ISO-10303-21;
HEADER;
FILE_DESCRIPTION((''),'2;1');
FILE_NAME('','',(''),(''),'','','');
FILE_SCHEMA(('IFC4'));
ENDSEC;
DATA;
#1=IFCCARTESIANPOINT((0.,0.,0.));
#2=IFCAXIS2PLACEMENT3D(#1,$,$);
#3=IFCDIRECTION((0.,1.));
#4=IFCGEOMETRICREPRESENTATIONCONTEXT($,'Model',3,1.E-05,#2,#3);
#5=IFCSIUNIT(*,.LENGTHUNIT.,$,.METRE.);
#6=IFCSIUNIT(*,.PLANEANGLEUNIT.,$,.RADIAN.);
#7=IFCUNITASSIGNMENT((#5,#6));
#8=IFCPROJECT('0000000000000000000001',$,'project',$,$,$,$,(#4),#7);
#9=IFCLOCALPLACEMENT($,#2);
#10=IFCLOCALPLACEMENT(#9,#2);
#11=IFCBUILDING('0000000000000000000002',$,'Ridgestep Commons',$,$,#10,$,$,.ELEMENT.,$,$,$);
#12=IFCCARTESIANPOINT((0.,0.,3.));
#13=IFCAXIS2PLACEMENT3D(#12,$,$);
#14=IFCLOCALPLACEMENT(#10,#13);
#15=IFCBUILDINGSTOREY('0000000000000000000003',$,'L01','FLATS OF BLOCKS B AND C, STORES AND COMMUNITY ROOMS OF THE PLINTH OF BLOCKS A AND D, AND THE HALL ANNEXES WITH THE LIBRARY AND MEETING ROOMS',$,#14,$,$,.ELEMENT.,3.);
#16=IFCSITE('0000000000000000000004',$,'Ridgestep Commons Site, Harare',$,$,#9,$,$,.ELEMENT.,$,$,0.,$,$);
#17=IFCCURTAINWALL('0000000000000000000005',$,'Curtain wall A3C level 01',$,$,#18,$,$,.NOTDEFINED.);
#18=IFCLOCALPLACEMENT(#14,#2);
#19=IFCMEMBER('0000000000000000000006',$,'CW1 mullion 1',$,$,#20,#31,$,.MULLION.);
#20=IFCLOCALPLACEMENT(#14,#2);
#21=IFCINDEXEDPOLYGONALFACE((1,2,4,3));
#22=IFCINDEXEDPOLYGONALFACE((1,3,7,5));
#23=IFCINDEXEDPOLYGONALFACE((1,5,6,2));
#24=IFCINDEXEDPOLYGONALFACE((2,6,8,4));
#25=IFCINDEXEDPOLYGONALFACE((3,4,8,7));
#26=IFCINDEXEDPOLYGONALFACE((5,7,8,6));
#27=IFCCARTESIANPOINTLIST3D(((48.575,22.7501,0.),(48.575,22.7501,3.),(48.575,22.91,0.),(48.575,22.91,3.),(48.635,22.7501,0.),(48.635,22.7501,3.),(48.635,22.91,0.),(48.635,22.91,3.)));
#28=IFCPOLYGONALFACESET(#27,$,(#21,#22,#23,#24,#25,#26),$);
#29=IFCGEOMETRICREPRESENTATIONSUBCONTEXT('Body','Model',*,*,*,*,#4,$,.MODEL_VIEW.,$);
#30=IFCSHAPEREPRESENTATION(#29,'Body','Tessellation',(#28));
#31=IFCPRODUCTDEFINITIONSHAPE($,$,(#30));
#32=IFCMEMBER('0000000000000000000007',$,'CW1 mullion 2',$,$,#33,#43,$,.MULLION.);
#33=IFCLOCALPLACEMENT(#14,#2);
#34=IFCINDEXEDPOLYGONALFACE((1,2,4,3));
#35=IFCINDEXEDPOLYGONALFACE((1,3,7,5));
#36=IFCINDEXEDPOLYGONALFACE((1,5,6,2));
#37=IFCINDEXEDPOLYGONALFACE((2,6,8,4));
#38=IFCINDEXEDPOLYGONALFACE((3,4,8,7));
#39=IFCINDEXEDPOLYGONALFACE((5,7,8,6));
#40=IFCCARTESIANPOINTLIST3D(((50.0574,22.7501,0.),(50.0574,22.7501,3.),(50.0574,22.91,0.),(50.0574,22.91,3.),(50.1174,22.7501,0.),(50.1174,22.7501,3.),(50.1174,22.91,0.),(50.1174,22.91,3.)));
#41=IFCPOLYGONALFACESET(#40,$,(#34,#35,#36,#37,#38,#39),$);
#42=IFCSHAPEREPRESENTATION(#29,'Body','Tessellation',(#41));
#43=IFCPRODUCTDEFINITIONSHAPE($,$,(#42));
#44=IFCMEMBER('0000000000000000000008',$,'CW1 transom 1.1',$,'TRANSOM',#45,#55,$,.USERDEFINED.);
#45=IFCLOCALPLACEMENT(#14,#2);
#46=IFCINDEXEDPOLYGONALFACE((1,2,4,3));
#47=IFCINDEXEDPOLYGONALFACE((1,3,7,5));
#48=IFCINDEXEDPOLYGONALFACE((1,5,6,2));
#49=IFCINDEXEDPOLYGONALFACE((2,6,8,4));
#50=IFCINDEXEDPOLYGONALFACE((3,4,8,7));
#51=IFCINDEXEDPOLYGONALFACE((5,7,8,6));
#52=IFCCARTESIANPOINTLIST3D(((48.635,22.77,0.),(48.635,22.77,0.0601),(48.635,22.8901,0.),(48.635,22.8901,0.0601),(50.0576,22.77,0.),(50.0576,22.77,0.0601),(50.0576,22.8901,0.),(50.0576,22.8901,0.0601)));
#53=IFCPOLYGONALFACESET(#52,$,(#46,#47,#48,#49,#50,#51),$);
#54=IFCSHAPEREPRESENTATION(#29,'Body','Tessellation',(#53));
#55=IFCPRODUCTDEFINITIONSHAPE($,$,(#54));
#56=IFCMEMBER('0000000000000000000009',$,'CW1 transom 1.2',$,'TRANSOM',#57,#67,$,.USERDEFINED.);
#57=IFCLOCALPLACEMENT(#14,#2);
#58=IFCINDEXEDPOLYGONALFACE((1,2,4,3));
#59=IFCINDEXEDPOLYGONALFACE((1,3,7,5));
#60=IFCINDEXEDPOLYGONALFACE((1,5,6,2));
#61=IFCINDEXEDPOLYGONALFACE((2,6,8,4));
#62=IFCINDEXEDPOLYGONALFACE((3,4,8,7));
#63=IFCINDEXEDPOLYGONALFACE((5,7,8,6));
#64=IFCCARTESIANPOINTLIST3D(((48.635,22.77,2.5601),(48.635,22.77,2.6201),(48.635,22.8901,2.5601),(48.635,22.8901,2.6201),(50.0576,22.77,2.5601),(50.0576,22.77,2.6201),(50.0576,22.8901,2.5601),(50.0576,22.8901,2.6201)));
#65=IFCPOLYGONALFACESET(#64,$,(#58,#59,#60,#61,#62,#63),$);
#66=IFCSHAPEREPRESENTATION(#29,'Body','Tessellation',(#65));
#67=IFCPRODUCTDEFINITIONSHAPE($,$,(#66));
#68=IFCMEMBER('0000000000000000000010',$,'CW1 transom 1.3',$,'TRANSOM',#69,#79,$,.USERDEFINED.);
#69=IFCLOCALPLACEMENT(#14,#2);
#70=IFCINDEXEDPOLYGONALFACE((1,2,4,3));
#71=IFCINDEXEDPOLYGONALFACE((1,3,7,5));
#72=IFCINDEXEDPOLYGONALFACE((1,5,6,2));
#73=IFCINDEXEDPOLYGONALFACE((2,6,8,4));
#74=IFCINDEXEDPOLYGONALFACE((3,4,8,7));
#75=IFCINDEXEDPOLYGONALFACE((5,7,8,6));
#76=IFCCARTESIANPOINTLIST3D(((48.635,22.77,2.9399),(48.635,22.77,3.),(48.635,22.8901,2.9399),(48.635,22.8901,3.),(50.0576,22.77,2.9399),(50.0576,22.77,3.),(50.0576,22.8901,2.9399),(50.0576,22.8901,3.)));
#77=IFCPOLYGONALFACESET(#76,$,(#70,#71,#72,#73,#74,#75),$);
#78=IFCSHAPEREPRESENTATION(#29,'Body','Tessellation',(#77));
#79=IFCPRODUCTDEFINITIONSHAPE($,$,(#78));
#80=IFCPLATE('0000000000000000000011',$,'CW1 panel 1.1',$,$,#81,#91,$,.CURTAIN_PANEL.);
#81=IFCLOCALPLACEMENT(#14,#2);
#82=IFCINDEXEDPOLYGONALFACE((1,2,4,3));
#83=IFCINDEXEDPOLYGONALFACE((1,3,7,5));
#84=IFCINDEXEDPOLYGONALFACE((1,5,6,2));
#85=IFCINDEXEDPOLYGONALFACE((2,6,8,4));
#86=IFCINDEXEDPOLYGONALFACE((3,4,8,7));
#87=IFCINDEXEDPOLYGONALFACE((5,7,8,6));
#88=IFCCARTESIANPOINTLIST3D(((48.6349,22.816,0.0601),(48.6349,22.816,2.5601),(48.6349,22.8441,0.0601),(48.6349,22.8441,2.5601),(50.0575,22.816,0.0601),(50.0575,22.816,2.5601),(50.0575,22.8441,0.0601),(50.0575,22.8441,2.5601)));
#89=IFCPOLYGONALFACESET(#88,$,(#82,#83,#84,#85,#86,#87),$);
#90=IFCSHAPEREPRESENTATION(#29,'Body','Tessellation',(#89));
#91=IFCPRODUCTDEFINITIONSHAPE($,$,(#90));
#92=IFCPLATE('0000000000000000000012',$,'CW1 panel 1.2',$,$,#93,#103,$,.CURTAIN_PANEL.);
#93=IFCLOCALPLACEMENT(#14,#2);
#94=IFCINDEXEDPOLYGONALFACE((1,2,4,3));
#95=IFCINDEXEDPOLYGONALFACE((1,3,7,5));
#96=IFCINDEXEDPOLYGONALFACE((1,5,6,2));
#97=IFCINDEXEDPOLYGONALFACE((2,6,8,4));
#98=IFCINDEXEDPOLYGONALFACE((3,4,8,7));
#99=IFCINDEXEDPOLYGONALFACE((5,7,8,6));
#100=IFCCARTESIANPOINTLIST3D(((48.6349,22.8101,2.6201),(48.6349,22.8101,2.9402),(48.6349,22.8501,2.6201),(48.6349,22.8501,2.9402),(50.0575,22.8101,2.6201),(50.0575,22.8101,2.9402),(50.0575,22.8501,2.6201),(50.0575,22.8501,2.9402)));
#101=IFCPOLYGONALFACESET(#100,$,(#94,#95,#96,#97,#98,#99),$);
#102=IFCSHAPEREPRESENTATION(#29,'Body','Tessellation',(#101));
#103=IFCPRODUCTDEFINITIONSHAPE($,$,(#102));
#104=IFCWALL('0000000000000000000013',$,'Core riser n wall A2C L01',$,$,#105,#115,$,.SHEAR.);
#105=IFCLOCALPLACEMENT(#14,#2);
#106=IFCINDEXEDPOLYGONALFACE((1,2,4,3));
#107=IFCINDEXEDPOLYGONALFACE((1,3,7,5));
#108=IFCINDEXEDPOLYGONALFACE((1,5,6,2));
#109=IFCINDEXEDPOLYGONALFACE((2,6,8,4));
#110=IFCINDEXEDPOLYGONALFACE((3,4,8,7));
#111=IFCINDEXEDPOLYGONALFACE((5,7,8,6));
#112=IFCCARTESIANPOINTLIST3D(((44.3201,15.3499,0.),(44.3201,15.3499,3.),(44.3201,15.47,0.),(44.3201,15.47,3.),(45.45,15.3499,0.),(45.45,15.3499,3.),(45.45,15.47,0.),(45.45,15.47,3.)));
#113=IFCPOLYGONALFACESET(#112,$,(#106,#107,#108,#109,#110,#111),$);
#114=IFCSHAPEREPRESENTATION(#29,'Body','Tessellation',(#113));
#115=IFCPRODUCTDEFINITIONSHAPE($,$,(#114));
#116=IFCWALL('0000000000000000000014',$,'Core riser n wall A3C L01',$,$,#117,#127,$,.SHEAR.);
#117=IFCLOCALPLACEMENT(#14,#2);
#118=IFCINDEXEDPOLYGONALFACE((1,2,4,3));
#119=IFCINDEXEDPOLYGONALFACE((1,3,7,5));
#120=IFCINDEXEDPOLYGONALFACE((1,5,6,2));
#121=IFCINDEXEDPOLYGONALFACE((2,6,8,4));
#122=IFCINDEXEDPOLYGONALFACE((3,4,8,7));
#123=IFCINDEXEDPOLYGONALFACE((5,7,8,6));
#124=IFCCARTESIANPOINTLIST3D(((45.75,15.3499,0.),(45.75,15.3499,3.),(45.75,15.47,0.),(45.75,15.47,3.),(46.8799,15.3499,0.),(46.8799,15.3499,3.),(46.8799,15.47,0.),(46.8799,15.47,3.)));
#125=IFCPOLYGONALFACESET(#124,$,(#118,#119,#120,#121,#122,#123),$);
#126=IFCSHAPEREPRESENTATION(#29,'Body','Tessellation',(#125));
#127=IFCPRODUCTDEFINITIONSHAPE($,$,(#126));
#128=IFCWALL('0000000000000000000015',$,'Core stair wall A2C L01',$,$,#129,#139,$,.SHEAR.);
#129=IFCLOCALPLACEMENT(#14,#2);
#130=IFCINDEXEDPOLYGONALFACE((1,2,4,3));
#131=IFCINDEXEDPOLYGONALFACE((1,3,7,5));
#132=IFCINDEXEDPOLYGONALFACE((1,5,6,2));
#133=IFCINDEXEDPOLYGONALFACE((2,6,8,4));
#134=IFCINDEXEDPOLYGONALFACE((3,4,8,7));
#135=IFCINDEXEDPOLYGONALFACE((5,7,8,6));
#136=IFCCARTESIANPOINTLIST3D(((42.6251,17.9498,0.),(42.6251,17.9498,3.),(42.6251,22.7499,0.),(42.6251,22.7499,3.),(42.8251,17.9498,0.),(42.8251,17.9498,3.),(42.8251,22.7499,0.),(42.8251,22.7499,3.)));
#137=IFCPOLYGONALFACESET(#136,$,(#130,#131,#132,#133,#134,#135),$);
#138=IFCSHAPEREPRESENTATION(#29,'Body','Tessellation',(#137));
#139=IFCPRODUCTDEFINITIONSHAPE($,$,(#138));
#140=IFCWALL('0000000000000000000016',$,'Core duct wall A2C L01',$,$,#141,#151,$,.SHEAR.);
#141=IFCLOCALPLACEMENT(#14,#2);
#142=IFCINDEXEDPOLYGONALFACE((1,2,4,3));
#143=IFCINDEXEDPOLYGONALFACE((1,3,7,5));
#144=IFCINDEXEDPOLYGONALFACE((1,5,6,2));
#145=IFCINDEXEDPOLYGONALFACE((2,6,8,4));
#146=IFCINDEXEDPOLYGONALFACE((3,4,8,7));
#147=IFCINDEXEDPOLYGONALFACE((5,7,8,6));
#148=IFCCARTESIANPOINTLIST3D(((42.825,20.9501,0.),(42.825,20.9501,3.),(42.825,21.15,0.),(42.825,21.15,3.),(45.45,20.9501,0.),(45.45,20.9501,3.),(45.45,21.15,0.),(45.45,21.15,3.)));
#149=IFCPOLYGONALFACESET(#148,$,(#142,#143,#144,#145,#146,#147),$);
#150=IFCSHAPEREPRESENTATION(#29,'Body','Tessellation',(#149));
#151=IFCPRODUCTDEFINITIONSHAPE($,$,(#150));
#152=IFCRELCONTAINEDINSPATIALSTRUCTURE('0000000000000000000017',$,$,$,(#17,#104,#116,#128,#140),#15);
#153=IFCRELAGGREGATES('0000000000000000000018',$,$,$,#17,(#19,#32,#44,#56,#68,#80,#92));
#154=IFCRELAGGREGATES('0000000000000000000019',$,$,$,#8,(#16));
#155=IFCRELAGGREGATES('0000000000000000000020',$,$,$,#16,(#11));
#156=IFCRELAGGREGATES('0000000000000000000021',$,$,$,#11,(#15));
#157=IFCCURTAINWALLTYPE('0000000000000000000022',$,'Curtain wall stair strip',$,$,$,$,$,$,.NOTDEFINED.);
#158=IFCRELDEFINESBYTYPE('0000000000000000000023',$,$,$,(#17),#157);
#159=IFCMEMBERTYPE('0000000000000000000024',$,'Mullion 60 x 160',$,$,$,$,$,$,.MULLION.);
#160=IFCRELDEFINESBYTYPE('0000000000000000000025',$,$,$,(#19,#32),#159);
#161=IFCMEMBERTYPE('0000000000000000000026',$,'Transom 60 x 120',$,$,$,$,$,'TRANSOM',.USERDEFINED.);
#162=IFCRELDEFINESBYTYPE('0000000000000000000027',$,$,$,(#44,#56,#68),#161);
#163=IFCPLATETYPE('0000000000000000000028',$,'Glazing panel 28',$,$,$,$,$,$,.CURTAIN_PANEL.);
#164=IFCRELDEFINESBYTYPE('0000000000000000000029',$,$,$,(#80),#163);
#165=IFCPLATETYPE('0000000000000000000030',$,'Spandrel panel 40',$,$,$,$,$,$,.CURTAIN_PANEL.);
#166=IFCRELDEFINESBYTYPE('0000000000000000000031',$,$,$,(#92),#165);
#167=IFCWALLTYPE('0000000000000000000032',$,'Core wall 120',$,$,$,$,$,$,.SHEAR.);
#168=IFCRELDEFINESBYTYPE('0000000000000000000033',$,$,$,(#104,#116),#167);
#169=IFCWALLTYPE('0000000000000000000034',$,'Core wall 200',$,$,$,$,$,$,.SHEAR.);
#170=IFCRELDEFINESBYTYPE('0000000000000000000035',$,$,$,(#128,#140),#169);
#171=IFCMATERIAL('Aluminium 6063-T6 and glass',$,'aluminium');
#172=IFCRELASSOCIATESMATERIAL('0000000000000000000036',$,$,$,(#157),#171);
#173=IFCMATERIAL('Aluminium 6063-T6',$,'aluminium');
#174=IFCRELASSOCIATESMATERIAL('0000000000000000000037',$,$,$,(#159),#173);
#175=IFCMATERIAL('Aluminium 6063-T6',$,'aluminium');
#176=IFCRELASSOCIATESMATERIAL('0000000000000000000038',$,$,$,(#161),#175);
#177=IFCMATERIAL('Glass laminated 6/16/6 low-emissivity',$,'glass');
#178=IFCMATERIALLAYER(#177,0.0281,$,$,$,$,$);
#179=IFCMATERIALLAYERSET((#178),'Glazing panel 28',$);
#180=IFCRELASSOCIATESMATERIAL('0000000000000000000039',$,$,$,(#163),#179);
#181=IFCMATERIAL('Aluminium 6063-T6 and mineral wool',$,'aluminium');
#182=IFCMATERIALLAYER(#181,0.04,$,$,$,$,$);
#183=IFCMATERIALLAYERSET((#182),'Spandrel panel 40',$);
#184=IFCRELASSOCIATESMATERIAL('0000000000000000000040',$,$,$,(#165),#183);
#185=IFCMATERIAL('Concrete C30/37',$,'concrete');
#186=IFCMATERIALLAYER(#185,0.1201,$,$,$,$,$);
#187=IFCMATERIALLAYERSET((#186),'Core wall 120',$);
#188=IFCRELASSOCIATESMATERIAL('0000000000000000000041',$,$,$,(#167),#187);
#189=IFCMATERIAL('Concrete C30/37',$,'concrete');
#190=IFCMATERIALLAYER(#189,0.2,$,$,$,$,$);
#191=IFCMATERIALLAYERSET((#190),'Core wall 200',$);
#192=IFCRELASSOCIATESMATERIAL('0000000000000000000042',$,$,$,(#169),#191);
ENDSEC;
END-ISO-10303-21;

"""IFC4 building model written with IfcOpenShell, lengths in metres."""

from ifc_helpers import new_model, si_unit, direction, frame, frame_2d, origin, origin_2d, place, context, subcontext, project, spatial, rectangle, extrude, material, layer, layer_set, material_profile, profile_set, type_object, element, aggregate, save


model = new_model("IFC4")

# Units and contexts
model_context = context("Model", 3, precision=1e-05, world=origin(), true_north=direction((0.0, 1.0)))
body_context = subcontext(model_context, "Body", "Model", "MODEL_VIEW")
ifc_project = project(units=[si_unit("LENGTHUNIT", "METRE"), si_unit("PLANEANGLEUNIT", "RADIAN")], contexts=[model_context])

# Site, building, storey
site_placement = place(None, origin())
site = spatial("IfcSite", under=ifc_project, at=site_placement, Name="Ridgestep Commons Site, Harare", CompositionType="ELEMENT", RefElevation=0.0)
building_placement = place(site_placement, origin())
building = spatial("IfcBuilding", under=site, at=building_placement, Name="Ridgestep Commons", CompositionType="ELEMENT")
storey_placement = place(building_placement, frame((0.0, 0.0, 3.0)))
storey = spatial("IfcBuildingStorey", under=building, at=storey_placement, Name="L01", Description="FLATS OF BLOCKS B AND C, STORES AND COMMUNITY ROOMS OF THE PLINTH OF BLOCKS A AND D, AND THE HALL ANNEXES WITH THE LIBRARY AND MEETING ROOMS", CompositionType="ELEMENT", Elevation=3.0)

# Curtain wall, members, plates
ifc_material_1 = material(Name="Aluminium 6063-T6 and glass", Category="aluminium")
curtain_wall_type = type_object("IfcCurtainWallType", Name="Curtain wall stair strip", PredefinedType="NOTDEFINED", material=ifc_material_1)
curtain_wall_placement = place(storey_placement, origin())
curtain_wall = element("IfcCurtainWall", 1, at=curtain_wall_placement, inside=storey, type_object=curtain_wall_type, Name="Curtain wall A3C level 01", PredefinedType="NOTDEFINED")
ifc_material_2 = material(Name="Aluminium 6063-T6", Category="aluminium")
ifc_material_profile_1 = material_profile(ifc_material_2, rectangle(XDim=0.1599, YDim=0.0601, at=origin_2d()), Name="Mullion 60 x 160")
ifc_profile_set_1 = profile_set([ifc_material_profile_1], Name="Aluminium 6063-T6")
member_type_1 = type_object("IfcMemberType", Name="Mullion 60 x 160", PredefinedType="MULLION", material=ifc_profile_set_1)
member_1_placement = place(storey_placement, frame((48.605, 22.8301, 0.0), z_axis=(0.0, 0.0, 1.0), x_axis=(0.0, 1.0, 0.0)))
member_1 = element("IfcMember", 2, at=member_1_placement, type_object=member_type_1, Name="CW1 mullion 1", PredefinedType="MULLION", context=body_context, shape_type="SweptSolid", body=[
    extrude(rectangle(XDim=0.1599, YDim=0.0601, at=origin_2d()), origin(), (0.0, 0.0, 1.0), 3.0),
])
member_2_placement = place(storey_placement, frame((50.0874, 22.8301, 0.0), z_axis=(0.0, 0.0, 1.0), x_axis=(0.0, 1.0, 0.0)))
member_2 = element("IfcMember", 3, at=member_2_placement, type_object=member_type_1, Name="CW1 mullion 2", PredefinedType="MULLION", context=body_context, shape_type="SweptSolid", body=[
    extrude(rectangle(XDim=0.1599, YDim=0.0601, at=origin_2d()), origin(), (0.0, 0.0, 1.0), 3.0),
])
ifc_material_3 = material(Name="Aluminium 6063-T6", Category="aluminium")
ifc_material_profile_2 = material_profile(ifc_material_3, rectangle(XDim=0.1201, YDim=0.0601, at=origin_2d()), Name="Transom 60 x 120")
ifc_profile_set_2 = profile_set([ifc_material_profile_2], Name="Aluminium 6063-T6")
member_type_2 = type_object("IfcMemberType", Name="Transom 60 x 120", ElementType="TRANSOM", PredefinedType="USERDEFINED", material=ifc_profile_set_2)
member_3_placement = place(storey_placement, frame((48.635, 22.8301, 0.03), z_axis=(1.0, 0.0, 0.0), x_axis=(0.0, 1.0, 0.0)))
member_3 = element("IfcMember", 4, at=member_3_placement, type_object=member_type_2, Name="CW1 transom 1.1", ObjectType="TRANSOM", PredefinedType="USERDEFINED", context=body_context, shape_type="SweptSolid", body=[
    extrude(rectangle(XDim=0.1201, YDim=0.0601, at=origin_2d()), origin(), (0.0, 0.0, 1.0), 1.4226),
])
member_4_placement = place(storey_placement, frame((48.635, 22.8301, 2.5901), z_axis=(1.0, 0.0, 0.0), x_axis=(0.0, 1.0, 0.0)))
member_4 = element("IfcMember", 5, at=member_4_placement, type_object=member_type_2, Name="CW1 transom 1.2", ObjectType="TRANSOM", PredefinedType="USERDEFINED", context=body_context, shape_type="SweptSolid", body=[
    extrude(rectangle(XDim=0.1201, YDim=0.0601, at=origin_2d()), origin(), (0.0, 0.0, 1.0), 1.4226),
])
member_5_placement = place(storey_placement, frame((48.635, 22.8301, 2.97), z_axis=(1.0, 0.0, 0.0), x_axis=(0.0, 1.0, 0.0)))
member_5 = element("IfcMember", 6, at=member_5_placement, type_object=member_type_2, Name="CW1 transom 1.3", ObjectType="TRANSOM", PredefinedType="USERDEFINED", context=body_context, shape_type="SweptSolid", body=[
    extrude(rectangle(XDim=0.1201, YDim=0.0601, at=origin_2d()), origin(), (0.0, 0.0, 1.0), 1.4226),
])
ifc_material_4 = material(Name="Glass laminated 6/16/6 low-emissivity", Category="glass")
ifc_layer_1 = layer(ifc_material_4, 0.0281)
ifc_layer_set_1 = layer_set([ifc_layer_1], Name="Glazing panel 28")
plate_type_1 = type_object("IfcPlateType", Name="Glazing panel 28", PredefinedType="CURTAIN_PANEL", material=ifc_layer_set_1)
plate_1_placement = place(storey_placement, frame((49.3462, 22.8301, 0.0601), z_axis=(0.0, 0.0, 1.0), x_axis=(1.0, 0.0, 0.0)))
plate_1 = element("IfcPlate", 7, at=plate_1_placement, type_object=plate_type_1, Name="CW1 panel 1.1", PredefinedType="CURTAIN_PANEL", context=body_context, shape_type="SweptSolid", body=[
    extrude(rectangle(XDim=1.4226, YDim=0.0281, at=origin_2d()), origin(), (0.0, 0.0, 1.0), 2.5),
])
ifc_material_5 = material(Name="Aluminium 6063-T6 and mineral wool", Category="aluminium")
ifc_layer_2 = layer(ifc_material_5, 0.04)
ifc_layer_set_2 = layer_set([ifc_layer_2], Name="Spandrel panel 40")
plate_type_2 = type_object("IfcPlateType", Name="Spandrel panel 40", PredefinedType="CURTAIN_PANEL", material=ifc_layer_set_2)
plate_2_placement = place(storey_placement, frame((49.3462, 22.8301, 2.6201), z_axis=(0.0, 0.0, 1.0), x_axis=(1.0, 0.0, 0.0)))
plate_2 = element("IfcPlate", 8, at=plate_2_placement, type_object=plate_type_2, Name="CW1 panel 1.2", PredefinedType="CURTAIN_PANEL", context=body_context, shape_type="SweptSolid", body=[
    extrude(rectangle(XDim=1.4226, YDim=0.04, at=origin_2d()), origin(), (0.0, 0.0, 1.0), 0.3201),
])
aggregate(curtain_wall, [member_1, member_2, member_3, member_4, member_5, plate_1, plate_2])

# Walls
ifc_material_6 = material(Name="Concrete C30/37", Category="concrete")
ifc_layer_3 = layer(ifc_material_6, 0.1201)
ifc_layer_set_3 = layer_set([ifc_layer_3], Name="Core wall 120")
wall_type_1 = type_object("IfcWallType", Name="Core wall 120", PredefinedType="SHEAR", material=ifc_layer_set_3)
for number, where, z_axis, x_axis, name in (
    (9, (44.3201, 15.4099, 0.0), (0.0, 0.0, 1.0), (1.0, 0.0, 0.0), "Core riser n wall A2C L01"),
    (10, (45.75, 15.4099, 0.0), (0.0, 0.0, 1.0), (1.0, 0.0, 0.0), "Core riser n wall A3C L01"),
):
    element("IfcWall", number, at=place(storey_placement, frame(where, z_axis=z_axis, x_axis=x_axis)), inside=storey, type_object=wall_type_1, Name=name, PredefinedType="SHEAR", context=body_context, shape_type="SweptSolid", body=[
        extrude(rectangle(XDim=1.1299, YDim=0.1201, at=frame_2d((0.5649, 0.0))), origin(), (0.0, 0.0, 1.0), 3.0),
    ])
ifc_material_7 = material(Name="Concrete C30/37", Category="concrete")
ifc_layer_4 = layer(ifc_material_7, 0.2)
ifc_layer_set_4 = layer_set([ifc_layer_4], Name="Core wall 200")
wall_type_2 = type_object("IfcWallType", Name="Core wall 200", PredefinedType="SHEAR", material=ifc_layer_set_4)
wall_1_placement = place(storey_placement, frame((42.7251, 17.95, 0.0), z_axis=(0.0, 0.0, 1.0), x_axis=(0.0, 1.0, 0.0)))
element("IfcWall", 11, at=wall_1_placement, inside=storey, type_object=wall_type_2, Name="Core stair wall A2C L01", PredefinedType="SHEAR", context=body_context, shape_type="SweptSolid", body=[
    extrude(rectangle(XDim=4.8, YDim=0.2, at=frame_2d((2.3999, 0.0))), origin(), (0.0, 0.0, 1.0), 3.0),
])
wall_2_placement = place(storey_placement, frame((42.825, 21.05, 0.0), z_axis=(0.0, 0.0, 1.0), x_axis=(1.0, 0.0, 0.0)))
element("IfcWall", 12, at=wall_2_placement, inside=storey, type_object=wall_type_2, Name="Core duct wall A2C L01", PredefinedType="SHEAR", context=body_context, shape_type="SweptSolid", body=[
    extrude(rectangle(XDim=2.625, YDim=0.2, at=frame_2d((1.3125, 0.0))), origin(), (0.0, 0.0, 1.0), 3.0),
])

save(model, "model.ifc")
